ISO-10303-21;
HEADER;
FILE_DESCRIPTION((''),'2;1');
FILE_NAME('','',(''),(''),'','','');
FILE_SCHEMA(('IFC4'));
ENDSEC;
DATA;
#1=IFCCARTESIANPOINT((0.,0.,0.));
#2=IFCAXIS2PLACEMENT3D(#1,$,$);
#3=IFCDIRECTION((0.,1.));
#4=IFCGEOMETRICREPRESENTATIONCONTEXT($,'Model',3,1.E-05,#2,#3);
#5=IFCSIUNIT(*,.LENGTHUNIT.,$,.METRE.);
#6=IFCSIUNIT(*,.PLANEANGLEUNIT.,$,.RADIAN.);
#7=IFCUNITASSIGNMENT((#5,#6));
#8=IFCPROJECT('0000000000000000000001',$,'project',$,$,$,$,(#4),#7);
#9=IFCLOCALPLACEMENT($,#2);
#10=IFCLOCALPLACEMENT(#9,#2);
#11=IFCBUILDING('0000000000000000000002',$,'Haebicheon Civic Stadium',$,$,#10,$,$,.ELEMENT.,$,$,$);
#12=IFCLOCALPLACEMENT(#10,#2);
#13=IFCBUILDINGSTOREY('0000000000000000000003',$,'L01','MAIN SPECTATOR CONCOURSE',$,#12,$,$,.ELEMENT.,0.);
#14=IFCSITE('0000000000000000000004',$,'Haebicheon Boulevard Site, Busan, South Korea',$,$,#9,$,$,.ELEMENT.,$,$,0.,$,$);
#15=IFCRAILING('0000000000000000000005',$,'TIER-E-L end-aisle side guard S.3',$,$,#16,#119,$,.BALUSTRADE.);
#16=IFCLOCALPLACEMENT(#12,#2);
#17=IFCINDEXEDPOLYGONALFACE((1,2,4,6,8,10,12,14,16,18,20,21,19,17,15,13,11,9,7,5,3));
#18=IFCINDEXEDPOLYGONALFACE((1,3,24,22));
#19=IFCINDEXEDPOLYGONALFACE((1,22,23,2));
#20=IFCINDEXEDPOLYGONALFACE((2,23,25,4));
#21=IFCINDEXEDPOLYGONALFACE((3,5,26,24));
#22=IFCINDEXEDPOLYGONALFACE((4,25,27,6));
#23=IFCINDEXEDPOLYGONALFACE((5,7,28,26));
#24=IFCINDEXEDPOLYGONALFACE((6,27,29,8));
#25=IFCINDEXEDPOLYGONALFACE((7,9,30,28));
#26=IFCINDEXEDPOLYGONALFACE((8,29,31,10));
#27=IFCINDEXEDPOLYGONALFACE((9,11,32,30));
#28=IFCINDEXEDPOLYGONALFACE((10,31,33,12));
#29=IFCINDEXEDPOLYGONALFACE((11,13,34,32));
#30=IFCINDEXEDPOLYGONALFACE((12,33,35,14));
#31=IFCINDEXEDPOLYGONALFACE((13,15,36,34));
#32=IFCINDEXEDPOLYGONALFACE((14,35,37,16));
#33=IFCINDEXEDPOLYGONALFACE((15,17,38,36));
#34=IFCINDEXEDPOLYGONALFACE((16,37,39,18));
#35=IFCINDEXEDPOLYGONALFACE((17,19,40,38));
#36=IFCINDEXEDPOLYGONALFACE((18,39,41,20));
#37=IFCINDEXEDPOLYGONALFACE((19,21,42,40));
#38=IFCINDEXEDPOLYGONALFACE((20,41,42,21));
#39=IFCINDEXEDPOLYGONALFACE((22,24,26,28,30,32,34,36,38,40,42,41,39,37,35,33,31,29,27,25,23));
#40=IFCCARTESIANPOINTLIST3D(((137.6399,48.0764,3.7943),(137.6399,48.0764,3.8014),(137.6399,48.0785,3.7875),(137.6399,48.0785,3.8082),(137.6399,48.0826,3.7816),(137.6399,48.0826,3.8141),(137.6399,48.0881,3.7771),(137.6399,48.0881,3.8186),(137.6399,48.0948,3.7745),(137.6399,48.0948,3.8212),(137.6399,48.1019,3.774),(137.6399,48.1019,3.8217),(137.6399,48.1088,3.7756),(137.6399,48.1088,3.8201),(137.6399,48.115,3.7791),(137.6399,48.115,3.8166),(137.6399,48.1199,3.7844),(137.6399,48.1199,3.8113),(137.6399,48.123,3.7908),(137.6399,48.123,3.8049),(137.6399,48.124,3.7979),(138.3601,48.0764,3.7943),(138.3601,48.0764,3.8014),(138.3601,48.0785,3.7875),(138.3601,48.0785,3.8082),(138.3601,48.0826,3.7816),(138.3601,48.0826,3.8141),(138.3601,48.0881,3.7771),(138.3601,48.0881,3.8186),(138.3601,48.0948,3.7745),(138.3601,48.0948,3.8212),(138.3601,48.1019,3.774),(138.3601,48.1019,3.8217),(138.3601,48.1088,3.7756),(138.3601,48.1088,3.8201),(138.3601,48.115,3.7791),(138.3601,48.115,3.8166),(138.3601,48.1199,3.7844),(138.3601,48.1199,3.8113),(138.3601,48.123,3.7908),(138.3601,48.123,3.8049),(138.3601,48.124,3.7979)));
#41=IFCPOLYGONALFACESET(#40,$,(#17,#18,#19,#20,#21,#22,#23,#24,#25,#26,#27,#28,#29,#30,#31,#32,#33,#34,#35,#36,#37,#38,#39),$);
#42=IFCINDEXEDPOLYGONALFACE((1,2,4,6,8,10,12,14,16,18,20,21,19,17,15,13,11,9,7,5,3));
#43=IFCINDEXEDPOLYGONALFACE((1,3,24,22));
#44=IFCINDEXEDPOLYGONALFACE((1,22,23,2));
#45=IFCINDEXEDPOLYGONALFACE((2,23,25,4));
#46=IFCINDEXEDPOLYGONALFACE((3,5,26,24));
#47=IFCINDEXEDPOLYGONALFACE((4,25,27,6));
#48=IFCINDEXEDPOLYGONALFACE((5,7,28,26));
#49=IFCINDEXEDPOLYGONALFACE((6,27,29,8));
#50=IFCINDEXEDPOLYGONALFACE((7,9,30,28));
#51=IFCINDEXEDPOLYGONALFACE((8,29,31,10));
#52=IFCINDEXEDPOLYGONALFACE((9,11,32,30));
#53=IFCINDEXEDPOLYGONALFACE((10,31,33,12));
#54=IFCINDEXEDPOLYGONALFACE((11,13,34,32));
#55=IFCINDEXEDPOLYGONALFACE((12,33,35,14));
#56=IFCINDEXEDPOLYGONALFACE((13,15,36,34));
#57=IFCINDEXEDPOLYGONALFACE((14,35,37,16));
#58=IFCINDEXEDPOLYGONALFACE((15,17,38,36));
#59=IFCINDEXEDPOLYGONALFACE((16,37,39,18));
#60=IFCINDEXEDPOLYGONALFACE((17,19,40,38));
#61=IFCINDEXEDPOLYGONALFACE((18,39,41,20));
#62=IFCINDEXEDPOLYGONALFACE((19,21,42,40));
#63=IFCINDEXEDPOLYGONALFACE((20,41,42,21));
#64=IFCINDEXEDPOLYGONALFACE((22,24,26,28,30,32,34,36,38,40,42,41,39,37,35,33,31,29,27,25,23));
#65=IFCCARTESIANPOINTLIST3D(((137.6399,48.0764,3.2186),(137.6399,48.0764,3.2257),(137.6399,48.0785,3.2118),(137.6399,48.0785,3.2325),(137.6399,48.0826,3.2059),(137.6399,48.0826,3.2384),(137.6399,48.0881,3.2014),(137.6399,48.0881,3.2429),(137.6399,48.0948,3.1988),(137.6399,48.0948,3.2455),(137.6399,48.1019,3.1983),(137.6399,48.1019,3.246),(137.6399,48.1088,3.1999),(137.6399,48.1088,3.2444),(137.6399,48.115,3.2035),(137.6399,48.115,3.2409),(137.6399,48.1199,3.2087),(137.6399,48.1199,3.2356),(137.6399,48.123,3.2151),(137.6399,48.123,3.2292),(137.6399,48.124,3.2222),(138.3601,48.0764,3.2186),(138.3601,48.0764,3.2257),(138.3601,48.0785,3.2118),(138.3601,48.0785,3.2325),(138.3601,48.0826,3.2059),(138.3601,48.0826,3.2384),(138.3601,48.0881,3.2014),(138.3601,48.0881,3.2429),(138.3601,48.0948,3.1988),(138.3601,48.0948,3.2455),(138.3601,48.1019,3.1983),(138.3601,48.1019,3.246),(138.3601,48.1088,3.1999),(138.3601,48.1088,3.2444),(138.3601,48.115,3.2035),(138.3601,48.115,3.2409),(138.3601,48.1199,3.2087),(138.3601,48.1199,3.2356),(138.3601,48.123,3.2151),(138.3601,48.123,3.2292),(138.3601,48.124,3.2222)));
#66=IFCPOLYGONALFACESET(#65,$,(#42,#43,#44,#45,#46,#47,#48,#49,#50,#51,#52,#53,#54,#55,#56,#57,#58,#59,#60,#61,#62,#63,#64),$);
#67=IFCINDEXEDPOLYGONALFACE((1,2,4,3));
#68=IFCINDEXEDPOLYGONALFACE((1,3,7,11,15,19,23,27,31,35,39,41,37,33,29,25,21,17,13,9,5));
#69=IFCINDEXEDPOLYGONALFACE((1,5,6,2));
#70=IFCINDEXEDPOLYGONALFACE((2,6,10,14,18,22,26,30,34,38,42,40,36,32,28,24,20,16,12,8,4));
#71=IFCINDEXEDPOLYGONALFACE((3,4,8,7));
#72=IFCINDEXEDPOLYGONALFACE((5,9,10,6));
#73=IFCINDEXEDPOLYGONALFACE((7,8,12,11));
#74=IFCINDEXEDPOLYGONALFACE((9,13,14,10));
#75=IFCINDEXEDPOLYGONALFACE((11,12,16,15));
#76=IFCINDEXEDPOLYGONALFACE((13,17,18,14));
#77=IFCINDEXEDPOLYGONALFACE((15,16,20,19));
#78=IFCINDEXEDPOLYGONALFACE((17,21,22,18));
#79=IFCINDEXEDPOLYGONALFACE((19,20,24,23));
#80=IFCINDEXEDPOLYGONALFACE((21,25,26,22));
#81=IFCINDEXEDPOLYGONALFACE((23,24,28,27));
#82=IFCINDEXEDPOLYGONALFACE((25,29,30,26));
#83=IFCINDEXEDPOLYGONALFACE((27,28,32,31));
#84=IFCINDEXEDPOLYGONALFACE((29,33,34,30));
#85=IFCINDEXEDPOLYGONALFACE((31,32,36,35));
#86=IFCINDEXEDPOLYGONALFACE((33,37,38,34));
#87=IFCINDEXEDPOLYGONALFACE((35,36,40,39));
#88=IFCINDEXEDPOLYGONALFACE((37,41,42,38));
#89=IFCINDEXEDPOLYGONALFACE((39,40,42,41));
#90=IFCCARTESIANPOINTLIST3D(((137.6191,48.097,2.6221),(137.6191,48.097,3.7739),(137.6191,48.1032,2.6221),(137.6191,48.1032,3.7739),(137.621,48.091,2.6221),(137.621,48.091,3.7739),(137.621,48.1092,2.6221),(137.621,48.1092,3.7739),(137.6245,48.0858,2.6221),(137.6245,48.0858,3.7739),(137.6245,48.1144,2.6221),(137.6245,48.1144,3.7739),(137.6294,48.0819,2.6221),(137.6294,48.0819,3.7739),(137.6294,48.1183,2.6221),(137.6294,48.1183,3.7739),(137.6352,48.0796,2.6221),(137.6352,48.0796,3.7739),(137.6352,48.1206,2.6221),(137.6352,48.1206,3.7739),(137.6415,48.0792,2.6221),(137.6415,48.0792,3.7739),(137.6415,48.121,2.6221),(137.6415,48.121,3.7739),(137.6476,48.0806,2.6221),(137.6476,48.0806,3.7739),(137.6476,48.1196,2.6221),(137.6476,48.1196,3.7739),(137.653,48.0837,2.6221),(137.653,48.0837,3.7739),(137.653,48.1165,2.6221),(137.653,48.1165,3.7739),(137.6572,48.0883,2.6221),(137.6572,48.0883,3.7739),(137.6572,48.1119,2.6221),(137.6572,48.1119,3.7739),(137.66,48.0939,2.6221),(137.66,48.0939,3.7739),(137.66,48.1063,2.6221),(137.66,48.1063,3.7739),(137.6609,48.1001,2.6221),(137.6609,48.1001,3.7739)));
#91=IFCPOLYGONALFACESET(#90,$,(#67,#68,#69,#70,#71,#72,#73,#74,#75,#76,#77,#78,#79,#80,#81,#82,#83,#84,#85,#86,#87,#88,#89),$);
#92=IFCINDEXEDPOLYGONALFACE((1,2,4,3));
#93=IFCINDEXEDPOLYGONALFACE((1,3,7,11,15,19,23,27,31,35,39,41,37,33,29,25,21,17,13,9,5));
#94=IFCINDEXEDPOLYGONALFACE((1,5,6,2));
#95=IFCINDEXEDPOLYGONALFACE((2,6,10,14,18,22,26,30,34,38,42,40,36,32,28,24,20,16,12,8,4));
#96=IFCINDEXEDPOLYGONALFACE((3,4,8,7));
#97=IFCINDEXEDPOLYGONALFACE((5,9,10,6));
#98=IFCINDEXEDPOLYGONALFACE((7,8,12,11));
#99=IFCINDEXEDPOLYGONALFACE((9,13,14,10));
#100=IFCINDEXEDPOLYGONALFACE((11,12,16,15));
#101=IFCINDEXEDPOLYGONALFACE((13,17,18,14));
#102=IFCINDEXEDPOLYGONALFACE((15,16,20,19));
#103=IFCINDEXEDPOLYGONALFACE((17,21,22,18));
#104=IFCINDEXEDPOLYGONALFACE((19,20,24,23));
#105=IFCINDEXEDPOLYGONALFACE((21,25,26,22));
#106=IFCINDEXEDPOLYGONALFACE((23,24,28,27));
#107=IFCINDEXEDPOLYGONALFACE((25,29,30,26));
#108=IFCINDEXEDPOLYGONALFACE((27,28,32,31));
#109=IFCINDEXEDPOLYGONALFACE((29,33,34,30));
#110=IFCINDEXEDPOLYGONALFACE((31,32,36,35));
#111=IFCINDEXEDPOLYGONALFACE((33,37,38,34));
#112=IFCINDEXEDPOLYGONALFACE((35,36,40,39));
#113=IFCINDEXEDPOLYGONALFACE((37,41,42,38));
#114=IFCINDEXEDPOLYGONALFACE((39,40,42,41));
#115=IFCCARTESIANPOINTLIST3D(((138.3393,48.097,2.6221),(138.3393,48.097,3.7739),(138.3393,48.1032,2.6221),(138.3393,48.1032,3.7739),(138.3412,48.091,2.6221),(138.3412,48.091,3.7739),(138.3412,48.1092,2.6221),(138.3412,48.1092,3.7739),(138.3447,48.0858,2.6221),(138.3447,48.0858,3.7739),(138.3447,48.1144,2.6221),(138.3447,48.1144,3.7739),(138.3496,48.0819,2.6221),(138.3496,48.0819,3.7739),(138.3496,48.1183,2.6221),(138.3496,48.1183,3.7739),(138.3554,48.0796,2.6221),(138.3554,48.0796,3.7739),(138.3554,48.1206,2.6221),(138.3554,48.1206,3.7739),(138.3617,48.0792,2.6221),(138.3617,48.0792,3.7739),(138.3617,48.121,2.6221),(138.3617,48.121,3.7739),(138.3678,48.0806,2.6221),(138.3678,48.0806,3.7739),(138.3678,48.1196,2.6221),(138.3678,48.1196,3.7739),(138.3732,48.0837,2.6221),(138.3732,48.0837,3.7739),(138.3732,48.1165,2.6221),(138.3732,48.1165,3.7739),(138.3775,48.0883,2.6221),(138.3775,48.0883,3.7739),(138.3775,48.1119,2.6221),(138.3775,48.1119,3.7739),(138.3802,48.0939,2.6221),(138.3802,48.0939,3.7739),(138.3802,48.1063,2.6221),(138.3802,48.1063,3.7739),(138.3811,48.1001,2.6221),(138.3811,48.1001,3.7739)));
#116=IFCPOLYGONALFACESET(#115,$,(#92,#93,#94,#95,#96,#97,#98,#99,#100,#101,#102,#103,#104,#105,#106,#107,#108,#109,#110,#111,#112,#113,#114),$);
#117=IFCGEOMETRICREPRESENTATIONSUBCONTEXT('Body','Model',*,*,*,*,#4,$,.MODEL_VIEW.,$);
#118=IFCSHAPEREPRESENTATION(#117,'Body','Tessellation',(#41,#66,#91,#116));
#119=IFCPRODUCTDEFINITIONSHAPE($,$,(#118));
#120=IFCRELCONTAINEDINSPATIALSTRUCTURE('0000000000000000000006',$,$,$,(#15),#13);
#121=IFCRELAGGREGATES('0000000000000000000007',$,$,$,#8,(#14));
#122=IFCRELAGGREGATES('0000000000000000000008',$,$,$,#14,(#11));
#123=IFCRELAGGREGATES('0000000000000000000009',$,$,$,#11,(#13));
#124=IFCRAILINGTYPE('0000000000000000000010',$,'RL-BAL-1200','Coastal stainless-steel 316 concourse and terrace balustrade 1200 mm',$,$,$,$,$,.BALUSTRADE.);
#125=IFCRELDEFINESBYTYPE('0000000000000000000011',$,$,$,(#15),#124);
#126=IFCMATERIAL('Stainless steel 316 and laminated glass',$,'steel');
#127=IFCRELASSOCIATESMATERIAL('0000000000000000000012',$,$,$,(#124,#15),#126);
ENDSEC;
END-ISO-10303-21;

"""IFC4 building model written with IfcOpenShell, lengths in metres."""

from ifc_helpers import new_model, si_unit, direction, frame, origin, origin_2d, place, context, subcontext, project, spatial, circle, extrude, material, type_object, element, save


model = new_model("IFC4")

# Units and contexts
model_context = context("Model", 3, precision=1e-05, world=origin(), true_north=direction((0.0, 1.0)))
body_context = subcontext(model_context, "Body", "Model", "MODEL_VIEW")
ifc_project = project(units=[si_unit("LENGTHUNIT", "METRE"), si_unit("PLANEANGLEUNIT", "RADIAN")], contexts=[model_context])

# Site, building, storey
site_placement = place(None, origin())
site = spatial("IfcSite", under=ifc_project, at=site_placement, Name="Haebicheon Boulevard Site, Busan, South Korea", CompositionType="ELEMENT", RefElevation=0.0)
building_placement = place(site_placement, origin())
building = spatial("IfcBuilding", under=site, at=building_placement, Name="Haebicheon Civic Stadium", CompositionType="ELEMENT")
storey_placement = place(building_placement, origin())
storey = spatial("IfcBuildingStorey", under=building, at=storey_placement, Name="L01", Description="MAIN SPECTATOR CONCOURSE", CompositionType="ELEMENT", Elevation=0.0)

# Railing
ifc_material_1 = material(Name="Stainless steel 316 and laminated glass", Category="steel")
railing_type = type_object("IfcRailingType", Name="RL-BAL-1200", Description="Coastal stainless-steel 316 concourse and terrace balustrade 1200 mm", PredefinedType="BALUSTRADE", material=ifc_material_1)
railing_1_placement = place(storey_placement, frame((137.6399, 48.1001, 2.6221)))
element("IfcRailing", 1, at=railing_1_placement, inside=storey, type_object=railing_type, material=ifc_material_1, Name="TIER-E-L end-aisle side guard S.3", PredefinedType="BALUSTRADE", context=body_context, shape_type="SweptSolid", body=[
    extrude(circle(Radius=0.0239, at=origin_2d()), frame((0.0, 0.0, 1.1758), z_axis=(1.0, 0.0, 0.0), x_axis=(0.0, 1.0, 0.0)), (0.0, 0.0, 1.0), 0.7202),
    extrude(circle(Radius=0.0239, at=origin_2d()), frame((0.0, 0.0, 0.6001), z_axis=(1.0, 0.0, 0.0), x_axis=(0.0, 1.0, 0.0)), (0.0, 0.0, 1.0), 0.7202),
    extrude(circle(Radius=0.021, at=origin_2d()), origin(), (0.0, 0.0, 1.0), 1.1519),
    extrude(circle(Radius=0.021, at=origin_2d()), frame((0.7202, 0.0, 0.0)), (0.0, 0.0, 1.0), 1.1519),
])

save(model, "model.ifc")
